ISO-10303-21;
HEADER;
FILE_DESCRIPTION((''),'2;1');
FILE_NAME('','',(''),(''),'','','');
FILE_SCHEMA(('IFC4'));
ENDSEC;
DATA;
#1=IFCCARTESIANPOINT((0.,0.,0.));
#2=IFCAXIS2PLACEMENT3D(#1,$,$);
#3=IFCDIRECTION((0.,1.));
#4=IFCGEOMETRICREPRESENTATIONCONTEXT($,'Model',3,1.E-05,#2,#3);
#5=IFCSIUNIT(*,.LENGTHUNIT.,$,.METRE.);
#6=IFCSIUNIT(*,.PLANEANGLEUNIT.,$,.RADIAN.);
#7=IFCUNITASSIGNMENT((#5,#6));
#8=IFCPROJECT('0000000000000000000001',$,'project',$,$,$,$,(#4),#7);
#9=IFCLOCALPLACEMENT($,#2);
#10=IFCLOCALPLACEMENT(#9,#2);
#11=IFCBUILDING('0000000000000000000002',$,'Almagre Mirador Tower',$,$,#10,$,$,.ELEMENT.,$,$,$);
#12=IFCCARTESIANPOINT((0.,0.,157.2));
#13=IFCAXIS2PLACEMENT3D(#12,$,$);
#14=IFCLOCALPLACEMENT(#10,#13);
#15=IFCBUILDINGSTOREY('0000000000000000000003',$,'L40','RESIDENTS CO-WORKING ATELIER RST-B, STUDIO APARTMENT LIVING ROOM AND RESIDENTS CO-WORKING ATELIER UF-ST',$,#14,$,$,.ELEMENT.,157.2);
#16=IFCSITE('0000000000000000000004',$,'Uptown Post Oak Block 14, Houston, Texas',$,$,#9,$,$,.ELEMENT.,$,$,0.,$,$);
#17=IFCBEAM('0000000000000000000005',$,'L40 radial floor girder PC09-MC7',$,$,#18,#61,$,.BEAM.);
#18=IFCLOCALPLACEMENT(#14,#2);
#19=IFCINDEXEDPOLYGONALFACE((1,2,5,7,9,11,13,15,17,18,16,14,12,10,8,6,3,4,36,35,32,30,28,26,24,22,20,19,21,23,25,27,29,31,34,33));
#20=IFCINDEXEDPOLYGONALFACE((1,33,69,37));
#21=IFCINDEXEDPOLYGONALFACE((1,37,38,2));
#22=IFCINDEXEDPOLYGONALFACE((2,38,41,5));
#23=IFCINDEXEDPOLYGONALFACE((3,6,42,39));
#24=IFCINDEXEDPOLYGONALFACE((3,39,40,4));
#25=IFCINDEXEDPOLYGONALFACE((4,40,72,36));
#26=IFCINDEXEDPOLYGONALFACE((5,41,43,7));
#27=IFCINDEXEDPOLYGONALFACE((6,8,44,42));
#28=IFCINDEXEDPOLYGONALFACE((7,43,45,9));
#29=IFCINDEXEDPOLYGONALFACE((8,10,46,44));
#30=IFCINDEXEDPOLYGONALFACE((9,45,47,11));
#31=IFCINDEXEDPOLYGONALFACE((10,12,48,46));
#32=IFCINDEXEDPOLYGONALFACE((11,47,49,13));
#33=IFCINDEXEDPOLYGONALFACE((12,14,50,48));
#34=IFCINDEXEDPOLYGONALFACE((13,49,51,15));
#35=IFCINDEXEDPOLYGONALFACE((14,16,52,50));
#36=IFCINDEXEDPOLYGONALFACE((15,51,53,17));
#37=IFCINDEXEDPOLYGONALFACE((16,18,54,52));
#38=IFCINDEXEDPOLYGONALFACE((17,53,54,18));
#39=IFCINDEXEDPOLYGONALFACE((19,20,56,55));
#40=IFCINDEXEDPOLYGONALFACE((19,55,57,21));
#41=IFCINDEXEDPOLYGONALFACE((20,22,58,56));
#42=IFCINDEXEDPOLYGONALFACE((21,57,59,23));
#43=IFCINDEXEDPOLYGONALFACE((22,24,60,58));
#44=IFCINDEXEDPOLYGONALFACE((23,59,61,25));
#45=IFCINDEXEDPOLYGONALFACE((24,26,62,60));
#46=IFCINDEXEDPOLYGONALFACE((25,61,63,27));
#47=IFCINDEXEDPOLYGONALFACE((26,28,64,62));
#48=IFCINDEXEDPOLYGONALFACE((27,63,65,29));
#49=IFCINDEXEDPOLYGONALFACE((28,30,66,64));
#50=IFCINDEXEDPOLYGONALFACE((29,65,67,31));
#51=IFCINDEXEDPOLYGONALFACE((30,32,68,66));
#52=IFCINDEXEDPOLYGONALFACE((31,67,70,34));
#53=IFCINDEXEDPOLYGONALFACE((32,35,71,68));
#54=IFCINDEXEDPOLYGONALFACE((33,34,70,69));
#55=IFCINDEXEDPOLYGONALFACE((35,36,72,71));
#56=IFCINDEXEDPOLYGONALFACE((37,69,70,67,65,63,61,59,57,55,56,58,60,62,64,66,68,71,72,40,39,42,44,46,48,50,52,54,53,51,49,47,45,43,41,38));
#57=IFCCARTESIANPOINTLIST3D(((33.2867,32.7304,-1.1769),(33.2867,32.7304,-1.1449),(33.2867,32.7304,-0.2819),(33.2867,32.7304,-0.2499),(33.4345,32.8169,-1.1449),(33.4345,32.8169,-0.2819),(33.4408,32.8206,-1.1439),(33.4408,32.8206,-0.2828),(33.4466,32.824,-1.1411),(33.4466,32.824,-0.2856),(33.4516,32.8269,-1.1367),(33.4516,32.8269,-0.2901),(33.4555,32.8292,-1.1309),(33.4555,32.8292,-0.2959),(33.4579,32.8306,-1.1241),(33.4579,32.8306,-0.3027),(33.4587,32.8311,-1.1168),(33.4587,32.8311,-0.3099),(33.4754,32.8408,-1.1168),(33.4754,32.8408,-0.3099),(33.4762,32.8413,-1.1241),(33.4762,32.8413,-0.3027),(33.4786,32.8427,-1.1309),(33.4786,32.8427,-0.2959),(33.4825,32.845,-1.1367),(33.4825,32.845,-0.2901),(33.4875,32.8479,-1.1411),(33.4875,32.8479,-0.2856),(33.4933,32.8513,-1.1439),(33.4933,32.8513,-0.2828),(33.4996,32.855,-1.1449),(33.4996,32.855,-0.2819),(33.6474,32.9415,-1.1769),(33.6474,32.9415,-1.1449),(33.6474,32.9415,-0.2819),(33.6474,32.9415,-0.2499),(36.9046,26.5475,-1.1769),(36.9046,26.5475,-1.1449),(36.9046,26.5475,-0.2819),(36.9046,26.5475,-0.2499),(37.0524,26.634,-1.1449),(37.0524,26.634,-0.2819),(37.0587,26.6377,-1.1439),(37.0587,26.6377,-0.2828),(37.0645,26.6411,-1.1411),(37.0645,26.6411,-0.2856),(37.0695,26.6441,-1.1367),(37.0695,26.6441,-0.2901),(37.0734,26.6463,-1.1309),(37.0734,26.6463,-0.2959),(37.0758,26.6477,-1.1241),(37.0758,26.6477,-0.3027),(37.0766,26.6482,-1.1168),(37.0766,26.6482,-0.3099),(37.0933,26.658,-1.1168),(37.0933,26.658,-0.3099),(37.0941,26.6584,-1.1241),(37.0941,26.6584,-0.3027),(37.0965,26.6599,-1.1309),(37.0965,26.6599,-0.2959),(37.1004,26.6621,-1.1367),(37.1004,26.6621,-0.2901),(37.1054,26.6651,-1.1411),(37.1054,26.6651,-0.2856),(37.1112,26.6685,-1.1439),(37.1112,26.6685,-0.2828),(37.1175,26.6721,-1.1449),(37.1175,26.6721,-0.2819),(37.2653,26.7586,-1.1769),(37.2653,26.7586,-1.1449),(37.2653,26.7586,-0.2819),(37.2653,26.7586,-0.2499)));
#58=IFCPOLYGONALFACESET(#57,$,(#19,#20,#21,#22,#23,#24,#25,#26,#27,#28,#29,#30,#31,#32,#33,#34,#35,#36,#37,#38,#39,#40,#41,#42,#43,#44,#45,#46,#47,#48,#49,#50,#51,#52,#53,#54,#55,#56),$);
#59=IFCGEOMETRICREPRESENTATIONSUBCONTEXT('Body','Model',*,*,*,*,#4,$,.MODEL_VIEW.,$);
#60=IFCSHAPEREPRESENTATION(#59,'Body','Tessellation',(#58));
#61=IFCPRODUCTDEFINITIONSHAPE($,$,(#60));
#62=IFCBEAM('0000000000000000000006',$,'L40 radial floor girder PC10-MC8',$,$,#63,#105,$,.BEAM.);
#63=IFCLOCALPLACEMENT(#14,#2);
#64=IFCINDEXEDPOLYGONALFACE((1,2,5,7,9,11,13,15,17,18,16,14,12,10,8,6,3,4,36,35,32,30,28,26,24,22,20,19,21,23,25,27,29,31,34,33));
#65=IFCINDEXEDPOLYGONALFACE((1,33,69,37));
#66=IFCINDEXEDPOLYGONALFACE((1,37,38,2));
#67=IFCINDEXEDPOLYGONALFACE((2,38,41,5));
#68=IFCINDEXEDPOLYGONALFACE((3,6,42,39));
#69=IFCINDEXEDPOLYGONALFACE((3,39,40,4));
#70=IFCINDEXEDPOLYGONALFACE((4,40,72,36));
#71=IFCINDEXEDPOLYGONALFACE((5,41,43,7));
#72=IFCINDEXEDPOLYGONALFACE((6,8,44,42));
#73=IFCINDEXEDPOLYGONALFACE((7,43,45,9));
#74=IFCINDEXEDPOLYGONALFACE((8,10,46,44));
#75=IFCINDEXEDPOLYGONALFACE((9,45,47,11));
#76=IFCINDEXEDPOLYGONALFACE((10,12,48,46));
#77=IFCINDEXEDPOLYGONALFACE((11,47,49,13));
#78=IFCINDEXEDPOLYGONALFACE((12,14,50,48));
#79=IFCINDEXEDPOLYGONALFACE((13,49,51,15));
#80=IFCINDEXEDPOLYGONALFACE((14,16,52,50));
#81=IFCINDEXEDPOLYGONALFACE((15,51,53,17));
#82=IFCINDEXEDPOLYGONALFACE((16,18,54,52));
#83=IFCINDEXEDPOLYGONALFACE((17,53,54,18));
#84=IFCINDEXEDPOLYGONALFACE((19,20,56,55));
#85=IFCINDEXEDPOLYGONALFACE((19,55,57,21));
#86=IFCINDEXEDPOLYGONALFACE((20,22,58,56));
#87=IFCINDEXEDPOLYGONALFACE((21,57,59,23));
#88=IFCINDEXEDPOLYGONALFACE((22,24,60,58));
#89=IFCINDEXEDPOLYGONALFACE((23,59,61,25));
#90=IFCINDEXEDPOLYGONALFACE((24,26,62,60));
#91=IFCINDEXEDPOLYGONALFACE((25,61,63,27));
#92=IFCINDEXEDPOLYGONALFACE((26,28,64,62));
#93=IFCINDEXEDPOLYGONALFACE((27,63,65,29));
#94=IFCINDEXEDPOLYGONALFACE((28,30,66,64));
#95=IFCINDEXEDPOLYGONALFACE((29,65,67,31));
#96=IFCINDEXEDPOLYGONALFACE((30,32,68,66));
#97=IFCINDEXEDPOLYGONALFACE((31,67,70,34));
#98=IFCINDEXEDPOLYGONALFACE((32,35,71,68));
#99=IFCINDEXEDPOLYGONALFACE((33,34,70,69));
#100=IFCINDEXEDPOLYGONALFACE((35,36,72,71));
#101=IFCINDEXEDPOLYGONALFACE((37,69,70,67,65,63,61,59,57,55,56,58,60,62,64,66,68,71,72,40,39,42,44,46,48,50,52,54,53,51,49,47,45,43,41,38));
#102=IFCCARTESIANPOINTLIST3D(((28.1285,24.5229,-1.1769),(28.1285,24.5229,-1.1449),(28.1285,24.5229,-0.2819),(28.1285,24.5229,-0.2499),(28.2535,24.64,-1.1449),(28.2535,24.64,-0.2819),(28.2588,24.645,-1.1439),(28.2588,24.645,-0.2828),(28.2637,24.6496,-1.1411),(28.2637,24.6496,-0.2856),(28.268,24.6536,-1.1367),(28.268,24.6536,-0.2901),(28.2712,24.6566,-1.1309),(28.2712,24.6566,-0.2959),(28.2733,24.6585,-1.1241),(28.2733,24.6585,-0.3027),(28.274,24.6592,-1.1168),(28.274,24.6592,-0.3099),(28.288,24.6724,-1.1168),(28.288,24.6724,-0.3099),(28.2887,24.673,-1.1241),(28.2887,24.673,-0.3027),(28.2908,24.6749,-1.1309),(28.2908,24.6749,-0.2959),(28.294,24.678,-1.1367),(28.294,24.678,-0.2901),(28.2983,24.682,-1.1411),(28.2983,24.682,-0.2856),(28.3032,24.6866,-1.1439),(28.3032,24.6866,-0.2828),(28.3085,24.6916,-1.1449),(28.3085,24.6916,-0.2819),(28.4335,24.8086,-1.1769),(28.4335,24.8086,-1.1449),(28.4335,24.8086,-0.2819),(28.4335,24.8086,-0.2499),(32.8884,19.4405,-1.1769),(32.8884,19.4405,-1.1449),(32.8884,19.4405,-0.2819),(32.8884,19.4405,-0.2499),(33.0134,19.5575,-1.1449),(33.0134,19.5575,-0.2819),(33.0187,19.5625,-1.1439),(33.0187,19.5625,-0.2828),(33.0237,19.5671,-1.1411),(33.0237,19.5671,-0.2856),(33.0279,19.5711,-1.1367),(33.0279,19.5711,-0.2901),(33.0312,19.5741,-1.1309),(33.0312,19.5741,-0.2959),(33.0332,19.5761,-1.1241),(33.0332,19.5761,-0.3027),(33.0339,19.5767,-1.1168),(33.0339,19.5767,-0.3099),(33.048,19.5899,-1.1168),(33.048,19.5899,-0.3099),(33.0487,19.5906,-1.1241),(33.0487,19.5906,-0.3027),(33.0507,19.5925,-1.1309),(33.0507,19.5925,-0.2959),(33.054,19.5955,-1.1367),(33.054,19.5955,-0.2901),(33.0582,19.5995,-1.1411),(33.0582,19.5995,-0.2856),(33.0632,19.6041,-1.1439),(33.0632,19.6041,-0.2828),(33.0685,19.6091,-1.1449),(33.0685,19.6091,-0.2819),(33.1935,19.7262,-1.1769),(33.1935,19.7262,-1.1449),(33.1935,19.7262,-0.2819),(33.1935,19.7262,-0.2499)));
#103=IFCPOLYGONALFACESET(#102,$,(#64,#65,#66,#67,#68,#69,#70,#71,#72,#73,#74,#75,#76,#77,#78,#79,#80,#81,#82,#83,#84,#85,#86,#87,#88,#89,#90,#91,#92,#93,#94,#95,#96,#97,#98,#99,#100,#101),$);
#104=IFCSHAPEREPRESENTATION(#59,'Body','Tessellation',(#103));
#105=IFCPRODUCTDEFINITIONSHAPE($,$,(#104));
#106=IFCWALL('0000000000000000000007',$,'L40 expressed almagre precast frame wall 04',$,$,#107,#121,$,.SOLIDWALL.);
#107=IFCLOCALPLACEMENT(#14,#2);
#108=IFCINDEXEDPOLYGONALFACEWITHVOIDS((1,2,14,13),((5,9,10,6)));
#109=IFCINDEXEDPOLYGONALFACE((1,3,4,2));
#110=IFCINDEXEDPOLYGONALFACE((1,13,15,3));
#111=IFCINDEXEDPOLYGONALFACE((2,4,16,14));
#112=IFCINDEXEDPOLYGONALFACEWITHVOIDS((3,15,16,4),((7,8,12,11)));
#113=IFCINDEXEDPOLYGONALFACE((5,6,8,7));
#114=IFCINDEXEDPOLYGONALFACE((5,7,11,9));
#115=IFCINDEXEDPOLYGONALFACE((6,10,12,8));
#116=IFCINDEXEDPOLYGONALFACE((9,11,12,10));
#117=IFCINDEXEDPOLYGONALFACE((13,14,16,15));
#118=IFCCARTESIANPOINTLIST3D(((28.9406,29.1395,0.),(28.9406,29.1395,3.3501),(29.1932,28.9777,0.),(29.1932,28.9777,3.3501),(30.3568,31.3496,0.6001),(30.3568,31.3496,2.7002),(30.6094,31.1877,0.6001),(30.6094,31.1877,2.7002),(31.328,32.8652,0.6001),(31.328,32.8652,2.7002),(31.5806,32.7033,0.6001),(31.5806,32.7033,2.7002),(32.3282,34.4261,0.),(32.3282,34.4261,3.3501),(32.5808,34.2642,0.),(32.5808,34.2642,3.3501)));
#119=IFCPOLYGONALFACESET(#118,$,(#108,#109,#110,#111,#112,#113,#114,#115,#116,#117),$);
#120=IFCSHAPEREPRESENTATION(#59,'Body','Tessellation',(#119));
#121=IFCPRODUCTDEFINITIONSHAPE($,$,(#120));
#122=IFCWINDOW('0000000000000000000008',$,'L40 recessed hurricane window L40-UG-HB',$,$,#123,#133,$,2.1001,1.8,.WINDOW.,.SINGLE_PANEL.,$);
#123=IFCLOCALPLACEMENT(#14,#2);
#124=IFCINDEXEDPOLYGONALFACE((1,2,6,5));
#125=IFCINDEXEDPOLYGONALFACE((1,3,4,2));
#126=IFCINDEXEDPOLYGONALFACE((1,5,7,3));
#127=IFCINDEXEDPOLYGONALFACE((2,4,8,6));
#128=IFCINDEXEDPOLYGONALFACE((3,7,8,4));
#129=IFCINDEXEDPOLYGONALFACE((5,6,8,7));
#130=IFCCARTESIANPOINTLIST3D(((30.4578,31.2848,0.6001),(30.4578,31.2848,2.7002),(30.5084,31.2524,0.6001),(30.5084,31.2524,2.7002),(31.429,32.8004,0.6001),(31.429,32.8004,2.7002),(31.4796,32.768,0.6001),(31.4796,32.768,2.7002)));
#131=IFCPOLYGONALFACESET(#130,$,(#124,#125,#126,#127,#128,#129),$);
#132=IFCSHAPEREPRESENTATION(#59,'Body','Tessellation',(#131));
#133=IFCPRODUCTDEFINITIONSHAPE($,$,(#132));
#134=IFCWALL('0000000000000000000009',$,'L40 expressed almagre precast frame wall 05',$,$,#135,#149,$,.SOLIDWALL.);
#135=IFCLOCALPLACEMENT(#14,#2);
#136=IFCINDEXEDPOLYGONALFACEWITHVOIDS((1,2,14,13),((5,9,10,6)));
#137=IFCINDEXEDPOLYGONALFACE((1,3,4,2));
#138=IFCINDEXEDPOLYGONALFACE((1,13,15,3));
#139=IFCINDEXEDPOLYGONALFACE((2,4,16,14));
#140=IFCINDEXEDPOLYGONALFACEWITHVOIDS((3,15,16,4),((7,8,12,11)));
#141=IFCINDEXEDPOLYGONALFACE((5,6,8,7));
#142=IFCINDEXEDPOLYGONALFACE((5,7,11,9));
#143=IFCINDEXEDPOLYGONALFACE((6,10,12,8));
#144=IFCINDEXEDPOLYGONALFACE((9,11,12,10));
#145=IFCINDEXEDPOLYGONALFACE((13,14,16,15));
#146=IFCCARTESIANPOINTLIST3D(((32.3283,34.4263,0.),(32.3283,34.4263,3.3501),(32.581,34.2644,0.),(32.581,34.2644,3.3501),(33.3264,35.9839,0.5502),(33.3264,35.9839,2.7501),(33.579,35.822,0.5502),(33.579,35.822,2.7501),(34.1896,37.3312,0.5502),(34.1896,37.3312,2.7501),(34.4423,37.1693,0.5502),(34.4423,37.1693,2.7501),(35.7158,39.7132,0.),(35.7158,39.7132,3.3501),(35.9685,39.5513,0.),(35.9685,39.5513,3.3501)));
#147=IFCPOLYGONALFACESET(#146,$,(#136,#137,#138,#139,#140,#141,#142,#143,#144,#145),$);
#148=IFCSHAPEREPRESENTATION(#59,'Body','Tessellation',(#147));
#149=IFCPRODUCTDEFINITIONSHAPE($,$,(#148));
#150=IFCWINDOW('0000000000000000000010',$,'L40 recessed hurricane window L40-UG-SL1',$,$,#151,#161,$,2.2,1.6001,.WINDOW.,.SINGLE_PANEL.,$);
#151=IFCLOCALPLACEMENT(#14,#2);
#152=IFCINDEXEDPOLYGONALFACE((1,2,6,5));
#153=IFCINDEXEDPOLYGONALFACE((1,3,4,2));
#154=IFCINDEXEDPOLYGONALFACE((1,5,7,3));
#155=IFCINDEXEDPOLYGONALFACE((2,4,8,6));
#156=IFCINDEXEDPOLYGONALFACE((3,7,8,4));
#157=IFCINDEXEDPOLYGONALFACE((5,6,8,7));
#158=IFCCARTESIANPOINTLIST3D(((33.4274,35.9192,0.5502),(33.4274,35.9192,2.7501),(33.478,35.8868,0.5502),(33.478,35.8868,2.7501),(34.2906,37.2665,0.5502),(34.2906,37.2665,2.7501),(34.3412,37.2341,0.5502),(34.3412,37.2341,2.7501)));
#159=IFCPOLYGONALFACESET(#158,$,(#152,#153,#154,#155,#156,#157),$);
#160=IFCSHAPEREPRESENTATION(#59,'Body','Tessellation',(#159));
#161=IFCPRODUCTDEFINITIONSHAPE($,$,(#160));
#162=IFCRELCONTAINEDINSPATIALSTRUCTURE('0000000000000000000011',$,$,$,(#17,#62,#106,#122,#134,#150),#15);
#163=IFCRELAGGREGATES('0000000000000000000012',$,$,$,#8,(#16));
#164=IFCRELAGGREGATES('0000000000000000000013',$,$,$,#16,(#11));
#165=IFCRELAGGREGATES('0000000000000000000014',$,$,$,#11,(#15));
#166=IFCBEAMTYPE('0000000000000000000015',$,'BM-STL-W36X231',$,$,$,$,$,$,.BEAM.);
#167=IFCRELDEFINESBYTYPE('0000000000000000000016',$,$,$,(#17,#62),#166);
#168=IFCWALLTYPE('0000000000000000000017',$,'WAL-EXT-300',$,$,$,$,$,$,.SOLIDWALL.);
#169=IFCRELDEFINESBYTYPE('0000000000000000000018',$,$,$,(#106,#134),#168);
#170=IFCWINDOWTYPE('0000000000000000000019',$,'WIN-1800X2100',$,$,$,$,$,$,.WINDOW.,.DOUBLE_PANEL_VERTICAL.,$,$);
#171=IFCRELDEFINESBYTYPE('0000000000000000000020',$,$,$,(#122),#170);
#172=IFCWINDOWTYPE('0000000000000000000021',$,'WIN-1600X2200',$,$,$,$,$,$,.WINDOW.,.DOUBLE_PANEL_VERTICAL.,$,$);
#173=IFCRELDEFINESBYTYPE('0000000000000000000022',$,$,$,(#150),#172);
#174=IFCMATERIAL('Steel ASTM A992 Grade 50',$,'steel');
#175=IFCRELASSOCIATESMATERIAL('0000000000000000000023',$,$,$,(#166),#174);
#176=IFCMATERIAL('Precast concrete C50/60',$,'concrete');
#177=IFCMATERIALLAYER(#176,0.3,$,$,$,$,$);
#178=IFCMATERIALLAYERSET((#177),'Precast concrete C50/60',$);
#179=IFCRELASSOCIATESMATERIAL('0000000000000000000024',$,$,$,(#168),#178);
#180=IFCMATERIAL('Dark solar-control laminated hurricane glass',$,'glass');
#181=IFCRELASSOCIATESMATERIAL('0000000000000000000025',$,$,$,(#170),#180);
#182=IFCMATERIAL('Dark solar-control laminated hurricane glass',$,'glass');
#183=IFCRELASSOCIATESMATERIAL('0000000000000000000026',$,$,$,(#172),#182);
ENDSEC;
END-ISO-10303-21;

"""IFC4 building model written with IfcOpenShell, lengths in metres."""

from ifc_helpers import new_model, si_unit, direction, frame, frame_2d, origin, origin_2d, place, context, subcontext, project, spatial, rectangle, i_section, extrude, material, layer, layer_set, material_profile, profile_set, type_object, element, fill, save


model = new_model("IFC4")

# Units and contexts
model_context = context("Model", 3, precision=1e-05, world=origin(), true_north=direction((0.0, 1.0)))
body_context = subcontext(model_context, "Body", "Model", "MODEL_VIEW")
ifc_project = project(units=[si_unit("LENGTHUNIT", "METRE"), si_unit("PLANEANGLEUNIT", "RADIAN")], contexts=[model_context])

# Site, building, storey
site_placement = place(None, origin())
site = spatial("IfcSite", under=ifc_project, at=site_placement, Name="Uptown Post Oak Block 14, Houston, Texas", CompositionType="ELEMENT", RefElevation=0.0)
building_placement = place(site_placement, origin())
building = spatial("IfcBuilding", under=site, at=building_placement, Name="Almagre Mirador Tower", CompositionType="ELEMENT")
storey_placement = place(building_placement, frame((0.0, 0.0, 157.2)))
storey = spatial("IfcBuildingStorey", under=building, at=storey_placement, Name="L40", Description="RESIDENTS CO-WORKING ATELIER RST-B, STUDIO APARTMENT LIVING ROOM AND RESIDENTS CO-WORKING ATELIER UF-ST", CompositionType="ELEMENT", Elevation=157.2)

# Beams
ifc_material_1 = material(Name="Steel ASTM A992 Grade 50", Category="steel")
ifc_material_profile_1 = material_profile(ifc_material_1, i_section(OverallWidth=0.418, OverallDepth=0.927, WebThickness=0.0193, FlangeThickness=0.032, FilletRadius=0.0281, at=origin_2d()), Name="W36X231")
ifc_profile_set_1 = profile_set([ifc_material_profile_1], Name="Steel ASTM A992 Grade 50")
beam_type_1 = type_object("IfcBeamType", Name="BM-STL-W36X231", PredefinedType="BEAM", material=ifc_profile_set_1)
beam_1_placement = place(storey_placement, frame((33.467, 32.8359, -0.7134), z_axis=(0.505042, -0.863095, 0.0), x_axis=(0.863095, 0.505042, 0.0)))
element("IfcBeam", 1, at=beam_1_placement, inside=storey, type_object=beam_type_1, Name="L40 radial floor girder PC09-MC7", PredefinedType="BEAM", context=body_context, shape_type="SweptSolid", body=[
    extrude(i_section(OverallWidth=0.418, OverallDepth=0.927, WebThickness=0.0193, FlangeThickness=0.032, FilletRadius=0.0281, at=origin_2d()), origin(), (0.0, 0.0, 1.0), 7.1636),
])
beam_2_placement = place(storey_placement, frame((28.281, 24.6658, -0.7134), z_axis=(0.68357, -0.729885, 0.0), x_axis=(0.729885, 0.68357, 0.0)))
element("IfcBeam", 2, at=beam_2_placement, inside=storey, type_object=beam_type_1, Name="L40 radial floor girder PC10-MC8", PredefinedType="BEAM", context=body_context, shape_type="SweptSolid", body=[
    extrude(i_section(OverallWidth=0.418, OverallDepth=0.927, WebThickness=0.0193, FlangeThickness=0.032, FilletRadius=0.0281, at=origin_2d()), origin(), (0.0, 0.0, 1.0), 6.9634),
])

# Walls, openings, windows
ifc_material_2 = material(Name="Precast concrete C50/60", Category="concrete")
ifc_layer_1 = layer(ifc_material_2, 0.3)
ifc_layer_set_1 = layer_set([ifc_layer_1], Name="Precast concrete C50/60")
wall_type_1 = type_object("IfcWallType", Name="WAL-EXT-300", PredefinedType="SOLIDWALL", material=ifc_layer_set_1)
wall_1_placement = place(storey_placement, frame((29.0669, 29.0586, 0.0), z_axis=(0.0, 0.0, 1.0), x_axis=(0.539535, 0.841963, 0.0)))
wall_1 = element("IfcWall", 3, at=wall_1_placement, inside=storey, type_object=wall_type_1, Name="L40 expressed almagre precast frame wall 04", PredefinedType="SOLIDWALL", context=body_context, shape_type="SweptSolid", body=[
    extrude(rectangle(XDim=6.2788, YDim=0.3, at=frame_2d((3.1394, 0.0))), origin(), (0.0, 0.0, 1.0), 3.3501),
])
opening_1_placement = place(wall_1_placement, frame((2.625, 0.0, 0.6001)))
opening_1 = element("IfcOpeningElement", 4, at=opening_1_placement, cuts=wall_1, PredefinedType="OPENING", context=body_context, shape_type="SweptSolid", body=[
    extrude(rectangle(XDim=1.8, YDim=2.1001, at=frame_2d((0.8999, 1.05))), frame((0.0, 0.1599, 0.0), z_axis=(0.0, -1.0, 0.0), x_axis=(1.0, 0.0, 0.0)), (0.0, 0.0, 1.0), 0.32),
])
ifc_material_3 = material(Name="Dark solar-control laminated hurricane glass", Category="glass")
window_type_1 = type_object("IfcWindowType", Name="WIN-1800X2100", PartitioningType="DOUBLE_PANEL_VERTICAL", PredefinedType="WINDOW", material=ifc_material_3)
window_1_placement = place(opening_1_placement, origin())
window_1 = element("IfcWindow", 5, at=window_1_placement, inside=storey, type_object=window_type_1, Name="L40 recessed hurricane window L40-UG-HB", OverallHeight=2.1001, OverallWidth=1.8, PartitioningType="SINGLE_PANEL", PredefinedType="WINDOW", context=body_context, shape_type="SweptSolid", body=[
    extrude(rectangle(XDim=1.8, YDim=2.1001, at=frame_2d((0.8999, 1.05))), frame((0.0, 0.03, 0.0), z_axis=(0.0, -1.0, 0.0), x_axis=(1.0, 0.0, 0.0)), (0.0, 0.0, 1.0), 0.0601),
])
fill(opening_1, window_1)
wall_2_placement = place(storey_placement, frame((32.4546, 34.3452, 0.0), z_axis=(0.0, 0.0, 1.0), x_axis=(0.539489, 0.841992, 0.0)))
wall_2 = element("IfcWall", 6, at=wall_2_placement, inside=storey, type_object=wall_type_1, Name="L40 expressed almagre precast frame wall 05", PredefinedType="SOLIDWALL", context=body_context, shape_type="SweptSolid", body=[
    extrude(rectangle(XDim=6.2791, YDim=0.3, at=frame_2d((3.1396, 0.0))), origin(), (0.0, 0.0, 1.0), 3.3501),
])
opening_2_placement = place(wall_2_placement, frame((1.8501, 0.0, 0.55)))
opening_2 = element("IfcOpeningElement", 7, at=opening_2_placement, cuts=wall_2, PredefinedType="OPENING", context=body_context, shape_type="SweptSolid", body=[
    extrude(rectangle(XDim=1.6001, YDim=2.2, at=frame_2d((0.8, 1.1001))), frame((0.0, 0.1599, 0.0), z_axis=(0.0, -1.0, 0.0), x_axis=(1.0, 0.0, 0.0)), (0.0, 0.0, 1.0), 0.32),
])
ifc_material_4 = material(Name="Dark solar-control laminated hurricane glass", Category="glass")
window_type_2 = type_object("IfcWindowType", Name="WIN-1600X2200", PartitioningType="DOUBLE_PANEL_VERTICAL", PredefinedType="WINDOW", material=ifc_material_4)
window_2_placement = place(opening_2_placement, origin())
window_2 = element("IfcWindow", 8, at=window_2_placement, inside=storey, type_object=window_type_2, Name="L40 recessed hurricane window L40-UG-SL1", OverallHeight=2.2, OverallWidth=1.6001, PartitioningType="SINGLE_PANEL", PredefinedType="WINDOW", context=body_context, shape_type="SweptSolid", body=[
    extrude(rectangle(XDim=1.6001, YDim=2.2, at=frame_2d((0.8, 1.1001))), frame((0.0, 0.03, 0.0), z_axis=(0.0, -1.0, 0.0), x_axis=(1.0, 0.0, 0.0)), (0.0, 0.0, 1.0), 0.0601),
])
fill(opening_2, window_2)

save(model, "model.ifc")
